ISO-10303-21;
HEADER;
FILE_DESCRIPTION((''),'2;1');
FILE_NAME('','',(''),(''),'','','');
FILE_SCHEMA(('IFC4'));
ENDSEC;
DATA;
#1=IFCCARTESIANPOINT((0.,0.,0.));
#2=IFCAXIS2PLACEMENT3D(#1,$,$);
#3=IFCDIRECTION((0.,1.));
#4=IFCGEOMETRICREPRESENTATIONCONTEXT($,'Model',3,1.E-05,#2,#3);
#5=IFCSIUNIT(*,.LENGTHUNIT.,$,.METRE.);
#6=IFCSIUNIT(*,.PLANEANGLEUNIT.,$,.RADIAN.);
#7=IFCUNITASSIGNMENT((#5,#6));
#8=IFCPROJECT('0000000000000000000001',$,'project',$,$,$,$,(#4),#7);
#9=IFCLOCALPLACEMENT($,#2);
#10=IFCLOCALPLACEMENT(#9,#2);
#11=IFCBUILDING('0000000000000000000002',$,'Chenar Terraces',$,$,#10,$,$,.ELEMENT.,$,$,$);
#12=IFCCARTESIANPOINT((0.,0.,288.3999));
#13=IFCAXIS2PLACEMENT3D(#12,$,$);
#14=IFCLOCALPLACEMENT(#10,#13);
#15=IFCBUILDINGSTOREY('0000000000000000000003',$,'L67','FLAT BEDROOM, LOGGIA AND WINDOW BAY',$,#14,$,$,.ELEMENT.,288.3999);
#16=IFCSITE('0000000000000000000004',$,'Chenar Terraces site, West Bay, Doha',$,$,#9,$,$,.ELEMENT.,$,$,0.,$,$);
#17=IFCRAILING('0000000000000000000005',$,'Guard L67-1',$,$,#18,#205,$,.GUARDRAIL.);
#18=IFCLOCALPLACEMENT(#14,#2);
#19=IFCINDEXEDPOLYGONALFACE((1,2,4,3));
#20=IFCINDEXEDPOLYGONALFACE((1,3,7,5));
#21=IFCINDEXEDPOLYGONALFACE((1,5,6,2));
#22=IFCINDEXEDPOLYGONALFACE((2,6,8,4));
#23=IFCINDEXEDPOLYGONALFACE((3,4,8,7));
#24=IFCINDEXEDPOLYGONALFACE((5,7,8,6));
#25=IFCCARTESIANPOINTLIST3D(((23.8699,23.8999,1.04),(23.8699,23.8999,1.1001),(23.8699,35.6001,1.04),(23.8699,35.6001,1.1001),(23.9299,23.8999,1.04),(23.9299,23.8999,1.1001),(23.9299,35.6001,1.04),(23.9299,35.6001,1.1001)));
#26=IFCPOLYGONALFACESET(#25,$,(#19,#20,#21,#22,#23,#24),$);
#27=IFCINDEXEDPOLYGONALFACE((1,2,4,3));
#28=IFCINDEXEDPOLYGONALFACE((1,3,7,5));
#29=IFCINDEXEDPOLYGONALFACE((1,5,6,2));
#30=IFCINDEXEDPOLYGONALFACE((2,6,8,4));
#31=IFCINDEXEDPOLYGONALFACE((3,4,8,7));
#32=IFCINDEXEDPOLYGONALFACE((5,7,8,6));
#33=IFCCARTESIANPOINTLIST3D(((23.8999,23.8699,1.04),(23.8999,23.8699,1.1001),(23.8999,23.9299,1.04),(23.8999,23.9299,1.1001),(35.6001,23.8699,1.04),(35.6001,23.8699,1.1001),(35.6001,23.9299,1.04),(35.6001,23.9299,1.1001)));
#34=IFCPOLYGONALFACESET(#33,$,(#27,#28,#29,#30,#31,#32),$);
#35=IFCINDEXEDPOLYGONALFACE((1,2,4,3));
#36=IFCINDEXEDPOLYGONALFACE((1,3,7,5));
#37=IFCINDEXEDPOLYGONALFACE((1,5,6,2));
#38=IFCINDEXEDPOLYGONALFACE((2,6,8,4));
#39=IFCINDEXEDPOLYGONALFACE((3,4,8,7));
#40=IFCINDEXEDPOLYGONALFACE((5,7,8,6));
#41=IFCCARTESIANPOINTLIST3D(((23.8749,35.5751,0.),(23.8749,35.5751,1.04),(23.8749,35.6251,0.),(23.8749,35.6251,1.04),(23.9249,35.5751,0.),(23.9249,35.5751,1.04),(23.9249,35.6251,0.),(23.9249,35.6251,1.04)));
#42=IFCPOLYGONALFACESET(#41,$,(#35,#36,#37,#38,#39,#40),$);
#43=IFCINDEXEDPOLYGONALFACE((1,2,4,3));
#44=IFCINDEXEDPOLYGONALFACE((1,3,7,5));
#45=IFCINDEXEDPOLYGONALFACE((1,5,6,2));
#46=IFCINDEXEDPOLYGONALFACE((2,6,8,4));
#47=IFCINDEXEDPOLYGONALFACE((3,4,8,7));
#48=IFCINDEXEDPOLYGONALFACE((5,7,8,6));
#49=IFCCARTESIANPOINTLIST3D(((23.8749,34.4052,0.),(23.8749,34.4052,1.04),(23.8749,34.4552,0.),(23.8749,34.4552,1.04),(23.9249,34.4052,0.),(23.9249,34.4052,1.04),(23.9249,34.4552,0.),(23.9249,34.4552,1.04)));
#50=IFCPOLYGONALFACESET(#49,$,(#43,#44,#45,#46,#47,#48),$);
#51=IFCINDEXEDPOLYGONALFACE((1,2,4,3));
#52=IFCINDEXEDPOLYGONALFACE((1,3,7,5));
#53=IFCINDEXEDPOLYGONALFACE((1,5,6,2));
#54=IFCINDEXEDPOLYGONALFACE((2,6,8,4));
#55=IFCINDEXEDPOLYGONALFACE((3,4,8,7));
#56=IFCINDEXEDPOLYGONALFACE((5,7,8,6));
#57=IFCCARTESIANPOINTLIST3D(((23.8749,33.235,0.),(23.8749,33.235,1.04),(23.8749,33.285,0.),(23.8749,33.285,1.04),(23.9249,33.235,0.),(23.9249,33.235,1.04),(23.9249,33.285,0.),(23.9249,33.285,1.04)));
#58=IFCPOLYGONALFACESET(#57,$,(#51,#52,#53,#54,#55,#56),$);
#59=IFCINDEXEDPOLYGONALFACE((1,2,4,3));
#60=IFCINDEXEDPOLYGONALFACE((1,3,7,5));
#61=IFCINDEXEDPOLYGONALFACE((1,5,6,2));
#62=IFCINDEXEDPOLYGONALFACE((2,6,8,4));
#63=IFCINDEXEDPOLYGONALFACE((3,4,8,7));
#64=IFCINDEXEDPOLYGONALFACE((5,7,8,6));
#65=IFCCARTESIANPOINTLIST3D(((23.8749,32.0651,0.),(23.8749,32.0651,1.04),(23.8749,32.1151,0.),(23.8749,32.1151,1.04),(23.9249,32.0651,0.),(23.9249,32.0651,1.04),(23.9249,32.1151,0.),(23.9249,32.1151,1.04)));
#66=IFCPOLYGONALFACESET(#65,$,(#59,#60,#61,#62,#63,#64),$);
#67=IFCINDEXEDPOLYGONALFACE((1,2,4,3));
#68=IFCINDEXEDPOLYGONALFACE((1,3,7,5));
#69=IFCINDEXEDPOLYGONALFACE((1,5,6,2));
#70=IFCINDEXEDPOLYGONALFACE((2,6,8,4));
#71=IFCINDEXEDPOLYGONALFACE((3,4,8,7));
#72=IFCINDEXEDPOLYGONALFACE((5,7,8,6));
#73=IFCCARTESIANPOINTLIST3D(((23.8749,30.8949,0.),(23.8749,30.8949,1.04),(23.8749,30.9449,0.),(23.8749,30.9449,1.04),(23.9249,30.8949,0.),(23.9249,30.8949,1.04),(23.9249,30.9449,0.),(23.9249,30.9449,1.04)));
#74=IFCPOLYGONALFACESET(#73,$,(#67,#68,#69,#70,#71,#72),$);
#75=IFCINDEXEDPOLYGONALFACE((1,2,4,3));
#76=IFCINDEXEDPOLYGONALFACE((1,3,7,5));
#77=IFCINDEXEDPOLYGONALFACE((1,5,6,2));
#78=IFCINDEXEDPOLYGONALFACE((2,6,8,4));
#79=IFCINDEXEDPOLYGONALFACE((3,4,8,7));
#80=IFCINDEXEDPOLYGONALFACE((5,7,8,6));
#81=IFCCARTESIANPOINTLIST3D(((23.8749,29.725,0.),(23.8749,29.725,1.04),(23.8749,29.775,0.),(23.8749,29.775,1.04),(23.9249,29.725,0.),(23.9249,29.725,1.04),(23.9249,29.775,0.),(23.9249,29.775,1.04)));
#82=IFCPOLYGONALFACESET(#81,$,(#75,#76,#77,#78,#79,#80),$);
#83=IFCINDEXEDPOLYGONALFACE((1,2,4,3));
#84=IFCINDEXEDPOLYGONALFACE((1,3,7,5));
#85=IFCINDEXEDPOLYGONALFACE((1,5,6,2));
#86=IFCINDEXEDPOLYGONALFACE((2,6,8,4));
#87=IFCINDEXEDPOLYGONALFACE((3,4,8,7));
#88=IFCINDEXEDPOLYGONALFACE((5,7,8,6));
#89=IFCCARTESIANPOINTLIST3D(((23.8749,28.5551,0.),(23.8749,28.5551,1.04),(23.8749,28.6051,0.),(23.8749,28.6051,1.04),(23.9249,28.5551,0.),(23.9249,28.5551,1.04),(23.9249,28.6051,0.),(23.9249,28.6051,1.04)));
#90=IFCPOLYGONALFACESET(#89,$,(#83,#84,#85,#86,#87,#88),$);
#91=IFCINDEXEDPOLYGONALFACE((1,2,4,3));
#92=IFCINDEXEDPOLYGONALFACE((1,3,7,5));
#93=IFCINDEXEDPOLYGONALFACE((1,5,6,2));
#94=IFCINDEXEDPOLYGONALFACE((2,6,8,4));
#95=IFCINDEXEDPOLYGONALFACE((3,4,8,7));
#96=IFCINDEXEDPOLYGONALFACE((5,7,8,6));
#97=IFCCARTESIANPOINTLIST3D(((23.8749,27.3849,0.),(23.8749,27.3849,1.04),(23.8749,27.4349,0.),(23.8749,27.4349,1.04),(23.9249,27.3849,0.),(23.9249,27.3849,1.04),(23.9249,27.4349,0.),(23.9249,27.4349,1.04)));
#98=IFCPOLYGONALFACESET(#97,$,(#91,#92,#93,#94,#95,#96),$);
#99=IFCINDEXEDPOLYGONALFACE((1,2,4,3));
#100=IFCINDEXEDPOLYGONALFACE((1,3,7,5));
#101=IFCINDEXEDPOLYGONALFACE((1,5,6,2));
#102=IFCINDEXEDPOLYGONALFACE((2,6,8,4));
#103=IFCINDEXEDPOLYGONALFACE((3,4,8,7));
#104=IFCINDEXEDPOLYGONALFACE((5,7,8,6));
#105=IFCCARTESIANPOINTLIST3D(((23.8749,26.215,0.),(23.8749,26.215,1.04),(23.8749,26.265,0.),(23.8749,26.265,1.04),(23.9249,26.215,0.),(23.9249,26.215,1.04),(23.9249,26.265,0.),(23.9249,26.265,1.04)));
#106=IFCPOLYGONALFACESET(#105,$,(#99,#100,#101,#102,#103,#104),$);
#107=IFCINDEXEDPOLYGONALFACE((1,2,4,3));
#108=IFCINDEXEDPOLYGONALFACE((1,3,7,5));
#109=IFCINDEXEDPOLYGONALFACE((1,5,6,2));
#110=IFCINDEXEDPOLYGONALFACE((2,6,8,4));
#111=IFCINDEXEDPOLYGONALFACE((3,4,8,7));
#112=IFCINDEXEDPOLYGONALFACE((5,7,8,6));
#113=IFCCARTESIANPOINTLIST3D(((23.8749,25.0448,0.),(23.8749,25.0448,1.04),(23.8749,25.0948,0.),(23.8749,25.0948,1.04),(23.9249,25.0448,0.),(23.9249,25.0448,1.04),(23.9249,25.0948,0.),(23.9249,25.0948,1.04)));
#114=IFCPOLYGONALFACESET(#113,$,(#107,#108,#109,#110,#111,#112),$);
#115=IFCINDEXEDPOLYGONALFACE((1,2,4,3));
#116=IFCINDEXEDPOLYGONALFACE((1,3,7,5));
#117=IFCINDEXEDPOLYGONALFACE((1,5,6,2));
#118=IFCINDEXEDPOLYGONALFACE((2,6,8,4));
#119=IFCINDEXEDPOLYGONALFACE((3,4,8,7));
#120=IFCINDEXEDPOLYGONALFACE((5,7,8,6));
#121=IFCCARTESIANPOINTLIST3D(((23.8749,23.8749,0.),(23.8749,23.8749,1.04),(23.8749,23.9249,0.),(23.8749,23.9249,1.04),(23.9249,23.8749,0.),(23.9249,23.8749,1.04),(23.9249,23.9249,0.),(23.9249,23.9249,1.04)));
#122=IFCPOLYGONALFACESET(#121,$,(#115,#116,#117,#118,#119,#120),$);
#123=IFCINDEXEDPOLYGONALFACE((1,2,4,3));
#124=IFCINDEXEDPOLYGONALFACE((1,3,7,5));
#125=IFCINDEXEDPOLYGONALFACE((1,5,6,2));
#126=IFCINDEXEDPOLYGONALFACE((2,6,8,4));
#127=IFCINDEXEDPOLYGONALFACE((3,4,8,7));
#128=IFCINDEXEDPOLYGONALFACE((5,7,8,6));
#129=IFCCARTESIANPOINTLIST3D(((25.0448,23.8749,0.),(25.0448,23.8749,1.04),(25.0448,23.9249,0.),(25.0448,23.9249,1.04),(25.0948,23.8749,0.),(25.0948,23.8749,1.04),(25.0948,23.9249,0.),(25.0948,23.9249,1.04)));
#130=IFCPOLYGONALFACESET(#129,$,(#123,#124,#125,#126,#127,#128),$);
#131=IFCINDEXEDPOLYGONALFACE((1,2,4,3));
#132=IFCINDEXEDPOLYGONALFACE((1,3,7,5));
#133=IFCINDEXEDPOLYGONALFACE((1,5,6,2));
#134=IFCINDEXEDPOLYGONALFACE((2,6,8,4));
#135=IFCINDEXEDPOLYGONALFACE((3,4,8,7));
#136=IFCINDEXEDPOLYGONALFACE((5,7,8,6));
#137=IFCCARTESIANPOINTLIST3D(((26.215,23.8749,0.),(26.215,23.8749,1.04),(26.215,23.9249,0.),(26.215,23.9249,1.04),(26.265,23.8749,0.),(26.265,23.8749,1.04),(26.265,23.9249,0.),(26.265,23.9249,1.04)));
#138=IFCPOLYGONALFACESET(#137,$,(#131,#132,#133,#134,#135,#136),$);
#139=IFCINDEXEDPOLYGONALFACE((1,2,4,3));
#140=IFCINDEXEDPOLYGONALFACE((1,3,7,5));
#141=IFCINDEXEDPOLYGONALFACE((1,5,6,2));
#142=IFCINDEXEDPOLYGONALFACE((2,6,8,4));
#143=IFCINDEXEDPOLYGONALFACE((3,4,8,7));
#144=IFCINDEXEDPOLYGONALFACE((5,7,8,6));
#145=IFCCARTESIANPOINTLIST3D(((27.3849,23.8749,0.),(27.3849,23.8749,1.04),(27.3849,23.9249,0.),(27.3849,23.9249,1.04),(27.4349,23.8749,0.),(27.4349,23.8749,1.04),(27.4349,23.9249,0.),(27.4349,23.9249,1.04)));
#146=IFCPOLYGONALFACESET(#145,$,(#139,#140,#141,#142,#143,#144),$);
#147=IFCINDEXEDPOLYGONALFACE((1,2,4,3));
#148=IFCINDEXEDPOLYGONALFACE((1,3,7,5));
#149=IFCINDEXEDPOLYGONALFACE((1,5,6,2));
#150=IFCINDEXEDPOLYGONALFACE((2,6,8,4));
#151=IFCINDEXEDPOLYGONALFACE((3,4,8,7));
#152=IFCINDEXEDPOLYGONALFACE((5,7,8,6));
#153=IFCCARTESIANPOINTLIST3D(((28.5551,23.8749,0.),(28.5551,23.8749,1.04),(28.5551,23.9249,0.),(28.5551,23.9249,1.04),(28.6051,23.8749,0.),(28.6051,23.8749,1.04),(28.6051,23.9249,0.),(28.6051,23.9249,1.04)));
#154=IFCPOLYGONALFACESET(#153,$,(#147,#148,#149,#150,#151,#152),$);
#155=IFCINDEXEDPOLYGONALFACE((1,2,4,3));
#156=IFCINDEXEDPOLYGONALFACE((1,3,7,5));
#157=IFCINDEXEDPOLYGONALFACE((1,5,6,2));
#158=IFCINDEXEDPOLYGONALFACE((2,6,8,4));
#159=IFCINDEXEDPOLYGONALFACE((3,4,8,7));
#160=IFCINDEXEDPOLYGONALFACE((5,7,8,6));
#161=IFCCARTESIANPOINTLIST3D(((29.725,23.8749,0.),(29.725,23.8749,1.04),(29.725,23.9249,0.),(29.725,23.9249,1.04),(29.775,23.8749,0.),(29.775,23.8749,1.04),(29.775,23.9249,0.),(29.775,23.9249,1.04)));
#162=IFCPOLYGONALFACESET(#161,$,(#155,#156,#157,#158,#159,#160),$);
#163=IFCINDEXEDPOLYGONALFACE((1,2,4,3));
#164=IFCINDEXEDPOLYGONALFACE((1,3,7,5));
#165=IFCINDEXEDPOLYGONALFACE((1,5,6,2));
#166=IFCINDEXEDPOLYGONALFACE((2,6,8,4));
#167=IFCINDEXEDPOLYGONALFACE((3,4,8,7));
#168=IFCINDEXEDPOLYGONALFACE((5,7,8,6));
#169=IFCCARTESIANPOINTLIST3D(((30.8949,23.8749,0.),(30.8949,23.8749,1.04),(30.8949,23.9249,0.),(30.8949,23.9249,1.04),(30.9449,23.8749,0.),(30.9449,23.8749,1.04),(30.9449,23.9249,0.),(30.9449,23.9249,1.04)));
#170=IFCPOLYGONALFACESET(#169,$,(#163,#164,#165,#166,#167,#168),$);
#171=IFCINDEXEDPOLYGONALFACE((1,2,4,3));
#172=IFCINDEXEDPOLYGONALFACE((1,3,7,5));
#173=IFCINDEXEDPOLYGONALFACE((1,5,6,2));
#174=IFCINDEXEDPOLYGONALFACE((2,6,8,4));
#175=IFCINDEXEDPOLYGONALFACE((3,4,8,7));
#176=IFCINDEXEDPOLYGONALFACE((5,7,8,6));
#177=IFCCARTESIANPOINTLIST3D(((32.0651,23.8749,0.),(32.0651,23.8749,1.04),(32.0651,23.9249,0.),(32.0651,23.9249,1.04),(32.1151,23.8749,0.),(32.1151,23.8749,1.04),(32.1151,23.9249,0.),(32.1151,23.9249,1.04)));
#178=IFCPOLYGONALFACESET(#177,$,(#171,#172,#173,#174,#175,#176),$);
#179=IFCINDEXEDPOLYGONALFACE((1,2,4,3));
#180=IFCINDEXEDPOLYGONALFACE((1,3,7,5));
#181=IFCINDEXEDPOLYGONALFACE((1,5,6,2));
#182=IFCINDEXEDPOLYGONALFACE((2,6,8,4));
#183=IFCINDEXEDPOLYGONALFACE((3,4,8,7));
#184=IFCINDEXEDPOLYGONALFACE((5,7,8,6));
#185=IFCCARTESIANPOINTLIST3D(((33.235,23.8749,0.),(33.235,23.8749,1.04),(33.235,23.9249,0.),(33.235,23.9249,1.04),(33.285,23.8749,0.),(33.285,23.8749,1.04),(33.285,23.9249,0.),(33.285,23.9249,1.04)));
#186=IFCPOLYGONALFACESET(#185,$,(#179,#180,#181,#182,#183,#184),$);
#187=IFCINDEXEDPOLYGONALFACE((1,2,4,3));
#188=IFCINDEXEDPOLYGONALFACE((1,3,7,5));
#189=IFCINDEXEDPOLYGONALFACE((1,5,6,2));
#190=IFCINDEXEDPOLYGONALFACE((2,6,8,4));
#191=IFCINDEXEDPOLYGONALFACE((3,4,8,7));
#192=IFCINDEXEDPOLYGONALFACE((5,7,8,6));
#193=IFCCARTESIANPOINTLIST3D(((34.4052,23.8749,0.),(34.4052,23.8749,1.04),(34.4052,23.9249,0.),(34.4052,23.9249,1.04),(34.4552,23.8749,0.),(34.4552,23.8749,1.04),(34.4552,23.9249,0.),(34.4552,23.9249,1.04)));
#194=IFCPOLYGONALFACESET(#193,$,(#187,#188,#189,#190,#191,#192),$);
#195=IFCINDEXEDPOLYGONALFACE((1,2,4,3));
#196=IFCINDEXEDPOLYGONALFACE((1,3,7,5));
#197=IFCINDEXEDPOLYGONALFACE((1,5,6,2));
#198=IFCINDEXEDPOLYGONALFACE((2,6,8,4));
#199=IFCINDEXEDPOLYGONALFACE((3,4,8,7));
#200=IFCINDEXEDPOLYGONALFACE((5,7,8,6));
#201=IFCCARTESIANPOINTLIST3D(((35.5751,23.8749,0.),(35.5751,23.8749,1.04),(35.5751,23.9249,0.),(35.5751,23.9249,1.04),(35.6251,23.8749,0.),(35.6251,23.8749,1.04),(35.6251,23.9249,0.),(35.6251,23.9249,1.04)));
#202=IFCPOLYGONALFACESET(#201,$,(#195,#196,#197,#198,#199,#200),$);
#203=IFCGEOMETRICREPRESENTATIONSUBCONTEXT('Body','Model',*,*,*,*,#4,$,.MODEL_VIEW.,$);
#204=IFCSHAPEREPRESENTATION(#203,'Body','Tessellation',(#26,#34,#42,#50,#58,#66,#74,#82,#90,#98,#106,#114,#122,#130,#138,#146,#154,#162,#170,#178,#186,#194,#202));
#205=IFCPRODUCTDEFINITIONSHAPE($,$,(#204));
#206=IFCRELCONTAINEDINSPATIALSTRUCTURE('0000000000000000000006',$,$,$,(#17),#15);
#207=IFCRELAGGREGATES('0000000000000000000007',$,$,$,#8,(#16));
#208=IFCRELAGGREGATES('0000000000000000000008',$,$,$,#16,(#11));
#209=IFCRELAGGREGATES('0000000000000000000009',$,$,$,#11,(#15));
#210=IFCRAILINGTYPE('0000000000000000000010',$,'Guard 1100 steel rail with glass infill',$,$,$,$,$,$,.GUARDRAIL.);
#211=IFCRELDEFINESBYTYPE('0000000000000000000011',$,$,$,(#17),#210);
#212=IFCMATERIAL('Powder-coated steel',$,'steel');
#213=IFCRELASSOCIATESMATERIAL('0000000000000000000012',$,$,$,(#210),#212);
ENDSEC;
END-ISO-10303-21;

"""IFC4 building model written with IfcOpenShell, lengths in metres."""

from ifc_helpers import new_model, si_unit, direction, frame, origin, origin_2d, place, context, subcontext, project, spatial, rectangle, extrude, material, type_object, element, save


model = new_model("IFC4")

# Units and contexts
model_context = context("Model", 3, precision=1e-05, world=origin(), true_north=direction((0.0, 1.0)))
body_context = subcontext(model_context, "Body", "Model", "MODEL_VIEW")
ifc_project = project(units=[si_unit("LENGTHUNIT", "METRE"), si_unit("PLANEANGLEUNIT", "RADIAN")], contexts=[model_context])

# Site, building, storey
site_placement = place(None, origin())
site = spatial("IfcSite", under=ifc_project, at=site_placement, Name="Chenar Terraces site, West Bay, Doha", CompositionType="ELEMENT", RefElevation=0.0)
building_placement = place(site_placement, origin())
building = spatial("IfcBuilding", under=site, at=building_placement, Name="Chenar Terraces", CompositionType="ELEMENT")
storey_placement = place(building_placement, frame((0.0, 0.0, 288.3999)))
storey = spatial("IfcBuildingStorey", under=building, at=storey_placement, Name="L67", Description="FLAT BEDROOM, LOGGIA AND WINDOW BAY", CompositionType="ELEMENT", Elevation=288.3999)

# Railing
ifc_material_1 = material(Name="Powder-coated steel", Category="steel")
railing_type = type_object("IfcRailingType", Name="Guard 1100 steel rail with glass infill", PredefinedType="GUARDRAIL", material=ifc_material_1)
railing_1_placement = place(storey_placement, frame((23.8999, 35.6001, 0.0)))
element("IfcRailing", 1, at=railing_1_placement, inside=storey, type_object=railing_type, Name="Guard L67-1", PredefinedType="GUARDRAIL", context=body_context, shape_type="SweptSolid", body=[
    extrude(rectangle(XDim=0.0601, YDim=0.0601, at=origin_2d()), frame((0.0, 0.0, 1.0701), z_axis=(0.0, -1.0, 0.0), x_axis=(1.0, 0.0, 0.0)), (0.0, 0.0, 1.0), 11.7002),
    extrude(rectangle(XDim=0.0601, YDim=0.0601, at=origin_2d()), frame((0.0, -11.7002, 1.0701), z_axis=(1.0, 0.0, 0.0), x_axis=(0.0, 1.0, 0.0)), (0.0, 0.0, 1.0), 11.7002),
    extrude(rectangle(XDim=0.05, YDim=0.05, at=origin_2d()), origin(), (0.0, 0.0, 1.0), 1.04),
    extrude(rectangle(XDim=0.05, YDim=0.05, at=origin_2d()), frame((0.0, -1.1699, 0.0)), (0.0, 0.0, 1.0), 1.04),
    extrude(rectangle(XDim=0.05, YDim=0.05, at=origin_2d()), frame((0.0, -2.3401, 0.0)), (0.0, 0.0, 1.0), 1.04),
    extrude(rectangle(XDim=0.05, YDim=0.05, at=origin_2d()), frame((0.0, -3.51, 0.0)), (0.0, 0.0, 1.0), 1.04),
    extrude(rectangle(XDim=0.05, YDim=0.05, at=origin_2d()), frame((0.0, -4.6802, 0.0)), (0.0, 0.0, 1.0), 1.04),
    extrude(rectangle(XDim=0.05, YDim=0.05, at=origin_2d()), frame((0.0, -5.8501, 0.0)), (0.0, 0.0, 1.0), 1.04),
    extrude(rectangle(XDim=0.05, YDim=0.05, at=origin_2d()), frame((0.0, -7.02, 0.0)), (0.0, 0.0, 1.0), 1.04),
    extrude(rectangle(XDim=0.05, YDim=0.05, at=origin_2d()), frame((0.0, -8.1902, 0.0)), (0.0, 0.0, 1.0), 1.04),
    extrude(rectangle(XDim=0.05, YDim=0.05, at=origin_2d()), frame((0.0, -9.3601, 0.0)), (0.0, 0.0, 1.0), 1.04),
    extrude(rectangle(XDim=0.05, YDim=0.05, at=origin_2d()), frame((0.0, -10.5303, 0.0)), (0.0, 0.0, 1.0), 1.04),
    extrude(rectangle(XDim=0.05, YDim=0.05, at=origin_2d()), frame((0.0, -11.7002, 0.0)), (0.0, 0.0, 1.0), 1.04),
    extrude(rectangle(XDim=0.05, YDim=0.05, at=origin_2d()), frame((1.1699, -11.7002, 0.0)), (0.0, 0.0, 1.0), 1.04),
    extrude(rectangle(XDim=0.05, YDim=0.05, at=origin_2d()), frame((2.3401, -11.7002, 0.0)), (0.0, 0.0, 1.0), 1.04),
    extrude(rectangle(XDim=0.05, YDim=0.05, at=origin_2d()), frame((3.51, -11.7002, 0.0)), (0.0, 0.0, 1.0), 1.04),
    extrude(rectangle(XDim=0.05, YDim=0.05, at=origin_2d()), frame((4.6802, -11.7002, 0.0)), (0.0, 0.0, 1.0), 1.04),
    extrude(rectangle(XDim=0.05, YDim=0.05, at=origin_2d()), frame((5.8501, -11.7002, 0.0)), (0.0, 0.0, 1.0), 1.04),
    extrude(rectangle(XDim=0.05, YDim=0.05, at=origin_2d()), frame((7.02, -11.7002, 0.0)), (0.0, 0.0, 1.0), 1.04),
    extrude(rectangle(XDim=0.05, YDim=0.05, at=origin_2d()), frame((8.1902, -11.7002, 0.0)), (0.0, 0.0, 1.0), 1.04),
    extrude(rectangle(XDim=0.05, YDim=0.05, at=origin_2d()), frame((9.3601, -11.7002, 0.0)), (0.0, 0.0, 1.0), 1.04),
    extrude(rectangle(XDim=0.05, YDim=0.05, at=origin_2d()), frame((10.5303, -11.7002, 0.0)), (0.0, 0.0, 1.0), 1.04),
    extrude(rectangle(XDim=0.05, YDim=0.05, at=origin_2d()), frame((11.7002, -11.7002, 0.0)), (0.0, 0.0, 1.0), 1.04),
])

save(model, "model.ifc")
